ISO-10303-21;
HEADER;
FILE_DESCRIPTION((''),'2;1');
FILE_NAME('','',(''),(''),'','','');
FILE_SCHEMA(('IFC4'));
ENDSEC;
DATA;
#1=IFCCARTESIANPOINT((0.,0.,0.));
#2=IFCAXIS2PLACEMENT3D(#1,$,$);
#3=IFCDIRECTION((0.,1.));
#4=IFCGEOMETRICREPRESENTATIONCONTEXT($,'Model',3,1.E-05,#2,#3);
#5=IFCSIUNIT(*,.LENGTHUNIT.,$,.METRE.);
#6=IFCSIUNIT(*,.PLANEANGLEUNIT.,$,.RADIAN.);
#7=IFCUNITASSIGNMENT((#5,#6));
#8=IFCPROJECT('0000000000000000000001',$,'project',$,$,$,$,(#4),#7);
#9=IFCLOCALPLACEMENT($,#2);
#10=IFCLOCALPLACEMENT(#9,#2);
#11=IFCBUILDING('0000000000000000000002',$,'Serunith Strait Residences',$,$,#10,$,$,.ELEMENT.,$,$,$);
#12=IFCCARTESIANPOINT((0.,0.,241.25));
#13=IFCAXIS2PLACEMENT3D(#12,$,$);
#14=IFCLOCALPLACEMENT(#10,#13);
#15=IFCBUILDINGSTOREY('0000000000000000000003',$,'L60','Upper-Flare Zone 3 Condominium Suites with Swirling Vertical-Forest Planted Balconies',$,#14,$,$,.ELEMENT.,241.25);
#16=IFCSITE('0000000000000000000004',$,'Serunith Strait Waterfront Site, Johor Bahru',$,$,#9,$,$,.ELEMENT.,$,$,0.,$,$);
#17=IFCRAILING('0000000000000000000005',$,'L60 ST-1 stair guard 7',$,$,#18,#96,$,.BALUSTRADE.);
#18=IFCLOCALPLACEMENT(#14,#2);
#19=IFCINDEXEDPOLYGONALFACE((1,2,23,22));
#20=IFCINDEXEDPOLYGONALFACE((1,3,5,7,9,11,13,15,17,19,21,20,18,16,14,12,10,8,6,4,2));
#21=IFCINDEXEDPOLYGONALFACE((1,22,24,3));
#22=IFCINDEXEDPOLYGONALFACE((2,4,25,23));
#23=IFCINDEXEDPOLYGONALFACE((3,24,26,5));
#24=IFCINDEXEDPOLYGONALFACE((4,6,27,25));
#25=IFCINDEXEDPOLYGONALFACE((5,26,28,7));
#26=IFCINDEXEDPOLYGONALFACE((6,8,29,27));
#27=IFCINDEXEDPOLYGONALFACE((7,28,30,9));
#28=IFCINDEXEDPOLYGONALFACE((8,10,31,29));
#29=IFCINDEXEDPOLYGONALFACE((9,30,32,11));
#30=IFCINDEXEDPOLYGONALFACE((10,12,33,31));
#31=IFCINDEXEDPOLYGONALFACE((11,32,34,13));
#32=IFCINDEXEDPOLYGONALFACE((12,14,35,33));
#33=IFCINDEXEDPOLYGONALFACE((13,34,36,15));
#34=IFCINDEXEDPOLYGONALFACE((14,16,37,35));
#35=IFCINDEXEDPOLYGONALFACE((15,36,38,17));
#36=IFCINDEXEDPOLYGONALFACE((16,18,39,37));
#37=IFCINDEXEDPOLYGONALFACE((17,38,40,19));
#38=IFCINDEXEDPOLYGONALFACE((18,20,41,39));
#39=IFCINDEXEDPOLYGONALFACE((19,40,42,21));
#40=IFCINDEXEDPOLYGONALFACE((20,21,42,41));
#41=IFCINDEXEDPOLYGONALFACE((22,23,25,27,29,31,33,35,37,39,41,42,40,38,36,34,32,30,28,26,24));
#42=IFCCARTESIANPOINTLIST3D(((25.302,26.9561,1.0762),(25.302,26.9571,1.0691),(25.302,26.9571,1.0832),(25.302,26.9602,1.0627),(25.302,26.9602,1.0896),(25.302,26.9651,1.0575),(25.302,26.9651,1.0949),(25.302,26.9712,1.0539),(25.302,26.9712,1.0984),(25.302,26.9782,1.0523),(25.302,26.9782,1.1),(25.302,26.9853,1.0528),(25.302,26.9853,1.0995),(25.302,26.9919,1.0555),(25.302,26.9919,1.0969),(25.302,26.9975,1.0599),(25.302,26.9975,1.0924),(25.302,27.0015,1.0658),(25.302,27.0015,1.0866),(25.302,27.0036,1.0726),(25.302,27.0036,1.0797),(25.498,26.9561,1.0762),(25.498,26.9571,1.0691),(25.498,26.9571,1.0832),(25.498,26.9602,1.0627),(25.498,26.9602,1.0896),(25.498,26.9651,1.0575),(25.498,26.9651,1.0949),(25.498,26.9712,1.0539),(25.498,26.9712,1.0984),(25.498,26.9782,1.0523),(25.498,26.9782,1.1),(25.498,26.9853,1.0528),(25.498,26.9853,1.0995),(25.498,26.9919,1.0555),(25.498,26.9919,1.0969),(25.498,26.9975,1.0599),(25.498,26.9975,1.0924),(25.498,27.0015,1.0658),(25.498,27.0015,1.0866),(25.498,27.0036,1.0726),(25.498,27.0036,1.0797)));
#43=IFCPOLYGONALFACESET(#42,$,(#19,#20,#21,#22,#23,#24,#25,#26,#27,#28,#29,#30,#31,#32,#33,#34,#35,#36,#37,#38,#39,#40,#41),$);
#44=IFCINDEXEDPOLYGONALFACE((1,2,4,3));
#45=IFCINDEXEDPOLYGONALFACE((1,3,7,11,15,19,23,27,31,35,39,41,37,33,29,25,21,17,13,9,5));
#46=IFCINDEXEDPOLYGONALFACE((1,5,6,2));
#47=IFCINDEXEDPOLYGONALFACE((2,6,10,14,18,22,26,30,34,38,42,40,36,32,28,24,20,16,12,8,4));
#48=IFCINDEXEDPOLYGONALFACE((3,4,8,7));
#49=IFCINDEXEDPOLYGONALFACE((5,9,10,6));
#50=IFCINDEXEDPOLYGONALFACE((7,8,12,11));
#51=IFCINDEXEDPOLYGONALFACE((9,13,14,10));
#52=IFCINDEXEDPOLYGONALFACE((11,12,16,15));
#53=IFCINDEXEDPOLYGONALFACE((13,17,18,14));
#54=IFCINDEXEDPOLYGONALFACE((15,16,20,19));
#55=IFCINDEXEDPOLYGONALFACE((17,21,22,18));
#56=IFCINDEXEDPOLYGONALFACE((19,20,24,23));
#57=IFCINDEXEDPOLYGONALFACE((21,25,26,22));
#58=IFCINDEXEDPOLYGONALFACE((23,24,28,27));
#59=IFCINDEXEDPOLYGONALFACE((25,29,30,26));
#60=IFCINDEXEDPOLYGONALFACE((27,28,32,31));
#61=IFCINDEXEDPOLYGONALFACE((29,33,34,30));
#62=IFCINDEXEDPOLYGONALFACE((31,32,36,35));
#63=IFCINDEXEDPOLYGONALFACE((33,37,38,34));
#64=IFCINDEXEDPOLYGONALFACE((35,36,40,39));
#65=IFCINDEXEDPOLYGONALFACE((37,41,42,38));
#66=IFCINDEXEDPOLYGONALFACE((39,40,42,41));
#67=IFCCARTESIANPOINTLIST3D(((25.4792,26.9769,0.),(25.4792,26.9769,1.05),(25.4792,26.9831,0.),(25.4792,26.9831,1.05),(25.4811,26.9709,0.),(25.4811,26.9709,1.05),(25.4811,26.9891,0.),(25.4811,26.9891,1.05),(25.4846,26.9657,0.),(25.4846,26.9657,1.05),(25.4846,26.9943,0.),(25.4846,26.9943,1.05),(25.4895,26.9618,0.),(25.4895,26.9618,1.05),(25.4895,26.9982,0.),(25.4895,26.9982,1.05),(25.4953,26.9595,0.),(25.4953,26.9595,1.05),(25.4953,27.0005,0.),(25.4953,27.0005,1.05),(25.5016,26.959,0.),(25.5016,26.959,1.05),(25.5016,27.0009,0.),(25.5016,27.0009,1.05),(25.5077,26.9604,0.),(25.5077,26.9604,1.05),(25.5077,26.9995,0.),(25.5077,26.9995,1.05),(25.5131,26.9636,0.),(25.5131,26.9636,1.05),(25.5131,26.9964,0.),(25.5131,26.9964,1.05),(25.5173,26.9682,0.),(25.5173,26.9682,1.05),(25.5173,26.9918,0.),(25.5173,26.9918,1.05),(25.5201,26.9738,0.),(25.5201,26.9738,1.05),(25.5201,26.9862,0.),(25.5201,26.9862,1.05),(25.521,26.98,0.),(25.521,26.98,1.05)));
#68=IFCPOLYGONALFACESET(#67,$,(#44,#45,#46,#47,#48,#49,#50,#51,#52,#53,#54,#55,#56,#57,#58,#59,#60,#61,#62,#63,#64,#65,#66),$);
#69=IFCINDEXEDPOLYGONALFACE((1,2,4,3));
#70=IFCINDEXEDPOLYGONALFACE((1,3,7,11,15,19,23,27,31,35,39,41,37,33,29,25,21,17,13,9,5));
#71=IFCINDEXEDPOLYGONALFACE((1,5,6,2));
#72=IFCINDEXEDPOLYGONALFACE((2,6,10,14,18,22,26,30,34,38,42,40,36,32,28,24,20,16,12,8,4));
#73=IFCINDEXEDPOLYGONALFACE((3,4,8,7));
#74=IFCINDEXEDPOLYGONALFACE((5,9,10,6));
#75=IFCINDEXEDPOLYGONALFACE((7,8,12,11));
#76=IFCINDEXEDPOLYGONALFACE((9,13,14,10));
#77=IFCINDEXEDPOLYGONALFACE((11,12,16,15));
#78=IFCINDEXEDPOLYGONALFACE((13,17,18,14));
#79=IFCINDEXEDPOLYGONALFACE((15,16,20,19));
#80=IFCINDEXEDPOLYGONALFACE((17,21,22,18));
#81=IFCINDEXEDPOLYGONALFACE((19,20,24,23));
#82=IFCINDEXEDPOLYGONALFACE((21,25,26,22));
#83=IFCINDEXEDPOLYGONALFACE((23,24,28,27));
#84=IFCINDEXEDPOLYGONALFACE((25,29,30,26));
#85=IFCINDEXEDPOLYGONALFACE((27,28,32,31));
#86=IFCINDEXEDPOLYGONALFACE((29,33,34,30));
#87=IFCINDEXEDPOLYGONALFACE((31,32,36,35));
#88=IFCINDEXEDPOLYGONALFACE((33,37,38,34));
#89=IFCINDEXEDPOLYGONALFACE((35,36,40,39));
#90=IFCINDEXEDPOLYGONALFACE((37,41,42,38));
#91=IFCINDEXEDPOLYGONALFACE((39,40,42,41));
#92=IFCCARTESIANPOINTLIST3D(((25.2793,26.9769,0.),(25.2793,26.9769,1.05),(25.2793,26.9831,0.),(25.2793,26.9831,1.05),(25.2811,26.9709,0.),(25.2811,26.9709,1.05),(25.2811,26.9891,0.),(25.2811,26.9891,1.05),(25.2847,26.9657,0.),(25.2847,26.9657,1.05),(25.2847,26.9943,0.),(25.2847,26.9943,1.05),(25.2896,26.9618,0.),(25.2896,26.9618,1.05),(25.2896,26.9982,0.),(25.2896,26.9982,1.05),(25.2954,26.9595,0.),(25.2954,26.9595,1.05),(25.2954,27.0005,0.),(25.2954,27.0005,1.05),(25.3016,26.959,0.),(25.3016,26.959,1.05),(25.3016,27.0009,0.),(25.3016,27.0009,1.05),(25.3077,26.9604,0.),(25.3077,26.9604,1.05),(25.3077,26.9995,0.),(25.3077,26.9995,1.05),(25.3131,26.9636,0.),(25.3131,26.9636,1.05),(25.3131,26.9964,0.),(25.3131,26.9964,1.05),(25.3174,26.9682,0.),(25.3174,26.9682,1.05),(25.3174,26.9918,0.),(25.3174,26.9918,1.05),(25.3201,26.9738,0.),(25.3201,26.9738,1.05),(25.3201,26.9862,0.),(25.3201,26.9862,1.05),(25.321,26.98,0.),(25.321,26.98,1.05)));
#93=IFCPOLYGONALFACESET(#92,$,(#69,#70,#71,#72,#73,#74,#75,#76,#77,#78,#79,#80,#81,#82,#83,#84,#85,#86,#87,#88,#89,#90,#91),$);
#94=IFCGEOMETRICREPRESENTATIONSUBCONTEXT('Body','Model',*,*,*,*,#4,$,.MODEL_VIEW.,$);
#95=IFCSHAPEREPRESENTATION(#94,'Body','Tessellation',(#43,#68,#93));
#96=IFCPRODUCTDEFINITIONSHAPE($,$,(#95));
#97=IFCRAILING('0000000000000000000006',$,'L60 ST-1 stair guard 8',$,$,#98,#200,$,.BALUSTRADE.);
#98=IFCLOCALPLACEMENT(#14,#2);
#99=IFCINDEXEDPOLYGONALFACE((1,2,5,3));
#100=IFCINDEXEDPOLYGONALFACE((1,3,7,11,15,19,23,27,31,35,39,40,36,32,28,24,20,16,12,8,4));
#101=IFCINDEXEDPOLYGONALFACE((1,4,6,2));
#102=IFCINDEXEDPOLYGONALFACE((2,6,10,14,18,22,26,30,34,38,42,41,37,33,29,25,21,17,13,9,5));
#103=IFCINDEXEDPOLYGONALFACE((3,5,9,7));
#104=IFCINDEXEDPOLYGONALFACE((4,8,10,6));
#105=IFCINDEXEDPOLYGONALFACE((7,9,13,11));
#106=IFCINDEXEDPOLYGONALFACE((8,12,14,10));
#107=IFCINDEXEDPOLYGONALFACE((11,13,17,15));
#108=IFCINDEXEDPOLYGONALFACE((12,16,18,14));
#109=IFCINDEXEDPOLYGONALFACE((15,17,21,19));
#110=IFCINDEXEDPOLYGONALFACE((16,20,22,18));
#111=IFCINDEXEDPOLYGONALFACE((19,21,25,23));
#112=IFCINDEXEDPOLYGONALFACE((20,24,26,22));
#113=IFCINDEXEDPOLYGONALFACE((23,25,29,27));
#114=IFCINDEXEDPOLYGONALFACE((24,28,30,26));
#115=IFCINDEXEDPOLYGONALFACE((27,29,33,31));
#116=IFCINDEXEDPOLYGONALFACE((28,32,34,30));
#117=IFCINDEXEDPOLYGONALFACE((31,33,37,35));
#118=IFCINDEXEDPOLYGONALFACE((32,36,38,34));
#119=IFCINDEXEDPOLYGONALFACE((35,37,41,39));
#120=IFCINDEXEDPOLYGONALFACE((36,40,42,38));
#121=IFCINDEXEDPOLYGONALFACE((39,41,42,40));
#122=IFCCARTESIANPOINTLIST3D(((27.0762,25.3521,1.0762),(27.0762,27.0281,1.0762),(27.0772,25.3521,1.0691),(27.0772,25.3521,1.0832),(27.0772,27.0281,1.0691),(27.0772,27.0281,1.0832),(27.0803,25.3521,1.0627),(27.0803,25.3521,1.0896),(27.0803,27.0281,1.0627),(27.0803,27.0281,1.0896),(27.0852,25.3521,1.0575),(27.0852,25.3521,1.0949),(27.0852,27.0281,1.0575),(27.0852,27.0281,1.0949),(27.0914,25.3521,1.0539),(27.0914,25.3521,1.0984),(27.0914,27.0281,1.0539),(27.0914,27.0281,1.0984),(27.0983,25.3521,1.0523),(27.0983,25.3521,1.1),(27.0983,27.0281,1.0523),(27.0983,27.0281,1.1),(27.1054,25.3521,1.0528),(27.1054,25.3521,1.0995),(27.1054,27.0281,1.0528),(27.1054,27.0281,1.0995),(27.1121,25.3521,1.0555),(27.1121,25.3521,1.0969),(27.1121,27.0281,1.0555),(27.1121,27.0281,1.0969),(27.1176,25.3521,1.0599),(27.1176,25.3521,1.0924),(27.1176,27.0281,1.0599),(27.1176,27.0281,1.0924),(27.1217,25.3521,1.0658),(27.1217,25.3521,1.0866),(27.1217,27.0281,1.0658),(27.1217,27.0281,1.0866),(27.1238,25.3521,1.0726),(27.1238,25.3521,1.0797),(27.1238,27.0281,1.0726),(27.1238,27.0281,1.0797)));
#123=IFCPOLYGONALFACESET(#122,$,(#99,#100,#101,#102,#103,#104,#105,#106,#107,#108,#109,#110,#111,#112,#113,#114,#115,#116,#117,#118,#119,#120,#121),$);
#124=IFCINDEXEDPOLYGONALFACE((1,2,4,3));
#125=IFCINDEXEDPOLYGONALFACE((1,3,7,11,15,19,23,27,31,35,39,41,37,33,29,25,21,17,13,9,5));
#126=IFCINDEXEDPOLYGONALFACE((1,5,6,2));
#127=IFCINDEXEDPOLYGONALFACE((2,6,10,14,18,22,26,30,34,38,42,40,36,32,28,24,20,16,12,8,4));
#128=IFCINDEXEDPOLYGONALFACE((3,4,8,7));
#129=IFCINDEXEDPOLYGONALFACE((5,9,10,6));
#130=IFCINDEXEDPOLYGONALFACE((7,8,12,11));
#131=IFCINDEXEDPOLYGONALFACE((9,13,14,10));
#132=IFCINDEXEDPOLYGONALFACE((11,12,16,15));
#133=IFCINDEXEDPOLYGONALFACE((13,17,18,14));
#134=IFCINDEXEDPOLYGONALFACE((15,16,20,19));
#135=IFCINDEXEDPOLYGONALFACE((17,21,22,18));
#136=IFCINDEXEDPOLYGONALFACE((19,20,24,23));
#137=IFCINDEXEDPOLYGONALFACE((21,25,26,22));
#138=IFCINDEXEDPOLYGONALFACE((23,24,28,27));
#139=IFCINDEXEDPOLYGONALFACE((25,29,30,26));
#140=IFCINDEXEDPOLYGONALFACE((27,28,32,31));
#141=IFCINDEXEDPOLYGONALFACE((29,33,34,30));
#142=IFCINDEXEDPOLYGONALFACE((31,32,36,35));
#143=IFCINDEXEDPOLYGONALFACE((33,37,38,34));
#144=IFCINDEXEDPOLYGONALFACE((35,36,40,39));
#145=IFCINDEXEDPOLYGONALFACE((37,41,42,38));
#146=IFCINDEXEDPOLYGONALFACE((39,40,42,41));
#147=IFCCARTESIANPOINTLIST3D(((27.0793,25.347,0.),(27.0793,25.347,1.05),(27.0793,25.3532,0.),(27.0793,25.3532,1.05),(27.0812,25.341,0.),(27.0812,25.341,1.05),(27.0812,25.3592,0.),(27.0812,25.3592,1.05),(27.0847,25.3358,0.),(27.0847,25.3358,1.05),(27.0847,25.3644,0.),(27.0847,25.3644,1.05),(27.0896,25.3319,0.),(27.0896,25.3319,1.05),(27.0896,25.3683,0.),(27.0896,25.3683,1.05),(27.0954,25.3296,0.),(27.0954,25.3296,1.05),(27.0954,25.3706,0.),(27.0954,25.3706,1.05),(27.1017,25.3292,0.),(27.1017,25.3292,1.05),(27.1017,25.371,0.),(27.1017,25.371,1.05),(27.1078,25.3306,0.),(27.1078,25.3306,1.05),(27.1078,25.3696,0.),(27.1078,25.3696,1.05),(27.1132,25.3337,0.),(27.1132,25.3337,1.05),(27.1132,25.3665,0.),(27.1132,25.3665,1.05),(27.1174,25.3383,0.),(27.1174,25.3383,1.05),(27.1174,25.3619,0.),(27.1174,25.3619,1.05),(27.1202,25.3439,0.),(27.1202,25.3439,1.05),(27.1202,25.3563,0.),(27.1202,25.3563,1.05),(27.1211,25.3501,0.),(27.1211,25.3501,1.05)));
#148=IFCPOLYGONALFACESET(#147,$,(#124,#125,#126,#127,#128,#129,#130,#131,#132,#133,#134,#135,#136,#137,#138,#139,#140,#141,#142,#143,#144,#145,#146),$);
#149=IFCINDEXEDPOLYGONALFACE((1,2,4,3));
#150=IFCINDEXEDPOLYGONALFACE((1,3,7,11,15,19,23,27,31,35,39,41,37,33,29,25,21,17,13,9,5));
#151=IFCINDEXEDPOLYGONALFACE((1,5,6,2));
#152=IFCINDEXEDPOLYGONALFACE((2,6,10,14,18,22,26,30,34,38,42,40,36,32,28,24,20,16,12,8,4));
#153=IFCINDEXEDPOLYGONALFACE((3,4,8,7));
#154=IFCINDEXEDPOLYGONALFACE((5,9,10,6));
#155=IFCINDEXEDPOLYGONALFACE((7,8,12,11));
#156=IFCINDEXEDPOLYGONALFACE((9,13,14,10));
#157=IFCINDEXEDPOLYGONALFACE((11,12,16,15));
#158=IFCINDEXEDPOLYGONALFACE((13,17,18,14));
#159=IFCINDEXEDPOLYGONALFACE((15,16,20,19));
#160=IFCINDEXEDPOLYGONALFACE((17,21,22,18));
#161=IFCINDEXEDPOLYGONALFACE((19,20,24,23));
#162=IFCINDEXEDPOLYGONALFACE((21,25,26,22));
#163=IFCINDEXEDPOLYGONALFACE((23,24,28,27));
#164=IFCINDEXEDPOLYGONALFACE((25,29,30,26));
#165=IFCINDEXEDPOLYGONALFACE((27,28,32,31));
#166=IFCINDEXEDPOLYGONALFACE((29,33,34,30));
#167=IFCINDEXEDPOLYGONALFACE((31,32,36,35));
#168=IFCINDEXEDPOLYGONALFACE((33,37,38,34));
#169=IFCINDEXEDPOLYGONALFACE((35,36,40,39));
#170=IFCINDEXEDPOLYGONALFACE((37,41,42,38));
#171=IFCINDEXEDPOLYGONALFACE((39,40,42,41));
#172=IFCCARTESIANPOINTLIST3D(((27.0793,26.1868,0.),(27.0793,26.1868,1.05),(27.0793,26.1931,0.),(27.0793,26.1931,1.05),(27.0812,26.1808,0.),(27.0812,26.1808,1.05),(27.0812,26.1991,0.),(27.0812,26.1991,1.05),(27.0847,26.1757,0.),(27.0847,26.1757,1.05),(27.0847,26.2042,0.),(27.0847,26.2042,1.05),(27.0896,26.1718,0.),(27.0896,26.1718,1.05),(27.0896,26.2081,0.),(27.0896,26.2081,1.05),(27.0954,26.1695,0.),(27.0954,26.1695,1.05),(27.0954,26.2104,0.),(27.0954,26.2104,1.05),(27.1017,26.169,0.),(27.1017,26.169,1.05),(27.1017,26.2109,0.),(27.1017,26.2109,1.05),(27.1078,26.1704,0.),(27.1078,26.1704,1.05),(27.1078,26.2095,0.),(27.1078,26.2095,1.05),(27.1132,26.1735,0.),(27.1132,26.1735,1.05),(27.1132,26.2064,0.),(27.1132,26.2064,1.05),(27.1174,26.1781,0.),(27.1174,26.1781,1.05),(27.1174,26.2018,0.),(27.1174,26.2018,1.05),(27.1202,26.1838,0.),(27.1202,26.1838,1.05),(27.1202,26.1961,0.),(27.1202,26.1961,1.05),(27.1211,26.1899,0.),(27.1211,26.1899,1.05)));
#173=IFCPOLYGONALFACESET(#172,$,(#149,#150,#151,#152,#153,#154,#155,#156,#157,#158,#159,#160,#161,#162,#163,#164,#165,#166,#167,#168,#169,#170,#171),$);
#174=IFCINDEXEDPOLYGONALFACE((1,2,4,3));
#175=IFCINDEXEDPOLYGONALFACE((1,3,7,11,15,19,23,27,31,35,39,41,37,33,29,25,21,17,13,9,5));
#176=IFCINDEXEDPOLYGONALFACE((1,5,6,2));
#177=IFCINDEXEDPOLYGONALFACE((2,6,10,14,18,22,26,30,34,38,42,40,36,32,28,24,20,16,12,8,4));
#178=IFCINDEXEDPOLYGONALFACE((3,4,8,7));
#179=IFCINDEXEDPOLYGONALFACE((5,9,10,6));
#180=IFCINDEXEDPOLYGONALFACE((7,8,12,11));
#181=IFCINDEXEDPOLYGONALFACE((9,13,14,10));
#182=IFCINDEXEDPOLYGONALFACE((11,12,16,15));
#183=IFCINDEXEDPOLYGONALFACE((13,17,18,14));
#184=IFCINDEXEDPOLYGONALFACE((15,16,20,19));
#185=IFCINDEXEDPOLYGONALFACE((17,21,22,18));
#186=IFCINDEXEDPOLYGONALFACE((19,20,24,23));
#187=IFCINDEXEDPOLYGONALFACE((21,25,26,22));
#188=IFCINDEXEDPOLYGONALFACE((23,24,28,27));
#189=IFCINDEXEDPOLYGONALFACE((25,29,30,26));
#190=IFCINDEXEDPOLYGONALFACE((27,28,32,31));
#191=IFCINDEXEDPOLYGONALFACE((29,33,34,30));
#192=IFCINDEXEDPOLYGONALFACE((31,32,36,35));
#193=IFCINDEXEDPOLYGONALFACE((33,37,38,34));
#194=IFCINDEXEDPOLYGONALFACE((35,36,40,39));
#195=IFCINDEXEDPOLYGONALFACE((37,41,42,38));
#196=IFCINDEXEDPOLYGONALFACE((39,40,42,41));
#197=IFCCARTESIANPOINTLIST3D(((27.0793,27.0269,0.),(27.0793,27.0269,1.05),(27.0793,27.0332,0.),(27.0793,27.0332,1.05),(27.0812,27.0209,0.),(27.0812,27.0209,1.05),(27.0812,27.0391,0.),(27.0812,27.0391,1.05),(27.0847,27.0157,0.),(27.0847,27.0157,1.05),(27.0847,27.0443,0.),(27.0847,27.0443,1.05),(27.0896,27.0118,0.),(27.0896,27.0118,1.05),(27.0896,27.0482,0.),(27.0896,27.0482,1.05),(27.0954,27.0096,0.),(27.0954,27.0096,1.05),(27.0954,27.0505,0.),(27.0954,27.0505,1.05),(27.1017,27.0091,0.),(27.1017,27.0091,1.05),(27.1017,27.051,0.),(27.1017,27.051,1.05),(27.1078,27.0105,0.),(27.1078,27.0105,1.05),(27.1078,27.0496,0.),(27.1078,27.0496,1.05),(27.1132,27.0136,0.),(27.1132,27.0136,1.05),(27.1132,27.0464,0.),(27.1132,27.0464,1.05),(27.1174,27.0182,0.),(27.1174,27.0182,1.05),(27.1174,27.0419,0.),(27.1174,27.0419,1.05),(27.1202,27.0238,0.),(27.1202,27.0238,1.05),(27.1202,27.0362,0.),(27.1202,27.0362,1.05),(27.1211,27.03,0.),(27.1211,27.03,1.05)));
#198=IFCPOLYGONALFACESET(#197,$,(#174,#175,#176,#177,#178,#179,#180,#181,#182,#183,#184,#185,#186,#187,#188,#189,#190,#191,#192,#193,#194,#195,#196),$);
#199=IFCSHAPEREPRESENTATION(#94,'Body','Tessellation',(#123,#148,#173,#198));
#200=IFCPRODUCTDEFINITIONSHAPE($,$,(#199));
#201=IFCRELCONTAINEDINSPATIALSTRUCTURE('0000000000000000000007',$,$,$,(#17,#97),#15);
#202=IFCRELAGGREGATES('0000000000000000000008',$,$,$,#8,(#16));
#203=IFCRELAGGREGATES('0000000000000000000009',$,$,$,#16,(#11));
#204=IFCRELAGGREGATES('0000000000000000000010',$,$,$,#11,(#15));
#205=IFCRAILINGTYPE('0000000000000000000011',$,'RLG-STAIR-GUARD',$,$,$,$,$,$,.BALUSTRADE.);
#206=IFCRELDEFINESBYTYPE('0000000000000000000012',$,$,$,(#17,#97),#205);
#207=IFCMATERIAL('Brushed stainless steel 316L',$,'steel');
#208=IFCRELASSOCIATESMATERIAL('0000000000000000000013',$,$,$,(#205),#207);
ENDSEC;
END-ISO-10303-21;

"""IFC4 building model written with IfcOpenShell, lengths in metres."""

from ifc_helpers import new_model, si_unit, direction, frame, origin, origin_2d, place, context, subcontext, project, spatial, circle, extrude, material, type_object, element, save


model = new_model("IFC4")

# Units and contexts
model_context = context("Model", 3, precision=1e-05, world=origin(), true_north=direction((0.0, 1.0)))
body_context = subcontext(model_context, "Body", "Model", "MODEL_VIEW")
ifc_project = project(units=[si_unit("LENGTHUNIT", "METRE"), si_unit("PLANEANGLEUNIT", "RADIAN")], contexts=[model_context])

# Site, building, storey
site_placement = place(None, origin())
site = spatial("IfcSite", under=ifc_project, at=site_placement, Name="Serunith Strait Waterfront Site, Johor Bahru", CompositionType="ELEMENT", RefElevation=0.0)
building_placement = place(site_placement, origin())
building = spatial("IfcBuilding", under=site, at=building_placement, Name="Serunith Strait Residences", CompositionType="ELEMENT")
storey_placement = place(building_placement, frame((0.0, 0.0, 241.25)))
storey = spatial("IfcBuildingStorey", under=building, at=storey_placement, Name="L60", Description="Upper-Flare Zone 3 Condominium Suites with Swirling Vertical-Forest Planted Balconies", CompositionType="ELEMENT", Elevation=241.25)

# Railings
ifc_material_1 = material(Name="Brushed stainless steel 316L", Category="steel")
railing_type_1 = type_object("IfcRailingType", Name="RLG-STAIR-GUARD", PredefinedType="BALUSTRADE", material=ifc_material_1)
railing_1_placement = place(storey_placement, frame((25.5, 26.98, 0.0)))
element("IfcRailing", 1, at=railing_1_placement, inside=storey, type_object=railing_type_1, Name="L60 ST-1 stair guard 7", PredefinedType="BALUSTRADE", context=body_context, shape_type="SweptSolid", body=[
    extrude(circle(Radius=0.0239, at=origin_2d()), frame((-0.002, 0.0, 1.0762), z_axis=(-1.0, 0.0, 0.0), x_axis=(0.0, -1.0, 0.0)), (0.0, 0.0, 1.0), 0.196),
    extrude(circle(Radius=0.021, at=origin_2d()), origin(), (0.0, 0.0, 1.0), 1.05),
    extrude(circle(Radius=0.021, at=origin_2d()), frame((-0.2, 0.0, 0.0)), (0.0, 0.0, 1.0), 1.05),
])
for number, where, name in (
    (2, (27.1001, 25.3501, 0.0), "L60 ST-1 stair guard 8"),
):
    element("IfcRailing", number, at=place(storey_placement, frame(where)), inside=storey, type_object=railing_type_1, Name=name, PredefinedType="BALUSTRADE", context=body_context, shape_type="SweptSolid", body=[
        extrude(circle(Radius=0.0239, at=origin_2d()), frame((0.0, 0.002, 1.0762), z_axis=(0.0, 1.0, 0.0), x_axis=(-1.0, 0.0, 0.0)), (0.0, 0.0, 1.0), 1.676),
        extrude(circle(Radius=0.021, at=origin_2d()), origin(), (0.0, 0.0, 1.0), 1.05),
        extrude(circle(Radius=0.021, at=origin_2d()), frame((0.0, 0.8398, 0.0)), (0.0, 0.0, 1.0), 1.05),
        extrude(circle(Radius=0.021, at=origin_2d()), frame((0.0, 1.6799, 0.0)), (0.0, 0.0, 1.0), 1.05),
    ])

save(model, "model.ifc")
